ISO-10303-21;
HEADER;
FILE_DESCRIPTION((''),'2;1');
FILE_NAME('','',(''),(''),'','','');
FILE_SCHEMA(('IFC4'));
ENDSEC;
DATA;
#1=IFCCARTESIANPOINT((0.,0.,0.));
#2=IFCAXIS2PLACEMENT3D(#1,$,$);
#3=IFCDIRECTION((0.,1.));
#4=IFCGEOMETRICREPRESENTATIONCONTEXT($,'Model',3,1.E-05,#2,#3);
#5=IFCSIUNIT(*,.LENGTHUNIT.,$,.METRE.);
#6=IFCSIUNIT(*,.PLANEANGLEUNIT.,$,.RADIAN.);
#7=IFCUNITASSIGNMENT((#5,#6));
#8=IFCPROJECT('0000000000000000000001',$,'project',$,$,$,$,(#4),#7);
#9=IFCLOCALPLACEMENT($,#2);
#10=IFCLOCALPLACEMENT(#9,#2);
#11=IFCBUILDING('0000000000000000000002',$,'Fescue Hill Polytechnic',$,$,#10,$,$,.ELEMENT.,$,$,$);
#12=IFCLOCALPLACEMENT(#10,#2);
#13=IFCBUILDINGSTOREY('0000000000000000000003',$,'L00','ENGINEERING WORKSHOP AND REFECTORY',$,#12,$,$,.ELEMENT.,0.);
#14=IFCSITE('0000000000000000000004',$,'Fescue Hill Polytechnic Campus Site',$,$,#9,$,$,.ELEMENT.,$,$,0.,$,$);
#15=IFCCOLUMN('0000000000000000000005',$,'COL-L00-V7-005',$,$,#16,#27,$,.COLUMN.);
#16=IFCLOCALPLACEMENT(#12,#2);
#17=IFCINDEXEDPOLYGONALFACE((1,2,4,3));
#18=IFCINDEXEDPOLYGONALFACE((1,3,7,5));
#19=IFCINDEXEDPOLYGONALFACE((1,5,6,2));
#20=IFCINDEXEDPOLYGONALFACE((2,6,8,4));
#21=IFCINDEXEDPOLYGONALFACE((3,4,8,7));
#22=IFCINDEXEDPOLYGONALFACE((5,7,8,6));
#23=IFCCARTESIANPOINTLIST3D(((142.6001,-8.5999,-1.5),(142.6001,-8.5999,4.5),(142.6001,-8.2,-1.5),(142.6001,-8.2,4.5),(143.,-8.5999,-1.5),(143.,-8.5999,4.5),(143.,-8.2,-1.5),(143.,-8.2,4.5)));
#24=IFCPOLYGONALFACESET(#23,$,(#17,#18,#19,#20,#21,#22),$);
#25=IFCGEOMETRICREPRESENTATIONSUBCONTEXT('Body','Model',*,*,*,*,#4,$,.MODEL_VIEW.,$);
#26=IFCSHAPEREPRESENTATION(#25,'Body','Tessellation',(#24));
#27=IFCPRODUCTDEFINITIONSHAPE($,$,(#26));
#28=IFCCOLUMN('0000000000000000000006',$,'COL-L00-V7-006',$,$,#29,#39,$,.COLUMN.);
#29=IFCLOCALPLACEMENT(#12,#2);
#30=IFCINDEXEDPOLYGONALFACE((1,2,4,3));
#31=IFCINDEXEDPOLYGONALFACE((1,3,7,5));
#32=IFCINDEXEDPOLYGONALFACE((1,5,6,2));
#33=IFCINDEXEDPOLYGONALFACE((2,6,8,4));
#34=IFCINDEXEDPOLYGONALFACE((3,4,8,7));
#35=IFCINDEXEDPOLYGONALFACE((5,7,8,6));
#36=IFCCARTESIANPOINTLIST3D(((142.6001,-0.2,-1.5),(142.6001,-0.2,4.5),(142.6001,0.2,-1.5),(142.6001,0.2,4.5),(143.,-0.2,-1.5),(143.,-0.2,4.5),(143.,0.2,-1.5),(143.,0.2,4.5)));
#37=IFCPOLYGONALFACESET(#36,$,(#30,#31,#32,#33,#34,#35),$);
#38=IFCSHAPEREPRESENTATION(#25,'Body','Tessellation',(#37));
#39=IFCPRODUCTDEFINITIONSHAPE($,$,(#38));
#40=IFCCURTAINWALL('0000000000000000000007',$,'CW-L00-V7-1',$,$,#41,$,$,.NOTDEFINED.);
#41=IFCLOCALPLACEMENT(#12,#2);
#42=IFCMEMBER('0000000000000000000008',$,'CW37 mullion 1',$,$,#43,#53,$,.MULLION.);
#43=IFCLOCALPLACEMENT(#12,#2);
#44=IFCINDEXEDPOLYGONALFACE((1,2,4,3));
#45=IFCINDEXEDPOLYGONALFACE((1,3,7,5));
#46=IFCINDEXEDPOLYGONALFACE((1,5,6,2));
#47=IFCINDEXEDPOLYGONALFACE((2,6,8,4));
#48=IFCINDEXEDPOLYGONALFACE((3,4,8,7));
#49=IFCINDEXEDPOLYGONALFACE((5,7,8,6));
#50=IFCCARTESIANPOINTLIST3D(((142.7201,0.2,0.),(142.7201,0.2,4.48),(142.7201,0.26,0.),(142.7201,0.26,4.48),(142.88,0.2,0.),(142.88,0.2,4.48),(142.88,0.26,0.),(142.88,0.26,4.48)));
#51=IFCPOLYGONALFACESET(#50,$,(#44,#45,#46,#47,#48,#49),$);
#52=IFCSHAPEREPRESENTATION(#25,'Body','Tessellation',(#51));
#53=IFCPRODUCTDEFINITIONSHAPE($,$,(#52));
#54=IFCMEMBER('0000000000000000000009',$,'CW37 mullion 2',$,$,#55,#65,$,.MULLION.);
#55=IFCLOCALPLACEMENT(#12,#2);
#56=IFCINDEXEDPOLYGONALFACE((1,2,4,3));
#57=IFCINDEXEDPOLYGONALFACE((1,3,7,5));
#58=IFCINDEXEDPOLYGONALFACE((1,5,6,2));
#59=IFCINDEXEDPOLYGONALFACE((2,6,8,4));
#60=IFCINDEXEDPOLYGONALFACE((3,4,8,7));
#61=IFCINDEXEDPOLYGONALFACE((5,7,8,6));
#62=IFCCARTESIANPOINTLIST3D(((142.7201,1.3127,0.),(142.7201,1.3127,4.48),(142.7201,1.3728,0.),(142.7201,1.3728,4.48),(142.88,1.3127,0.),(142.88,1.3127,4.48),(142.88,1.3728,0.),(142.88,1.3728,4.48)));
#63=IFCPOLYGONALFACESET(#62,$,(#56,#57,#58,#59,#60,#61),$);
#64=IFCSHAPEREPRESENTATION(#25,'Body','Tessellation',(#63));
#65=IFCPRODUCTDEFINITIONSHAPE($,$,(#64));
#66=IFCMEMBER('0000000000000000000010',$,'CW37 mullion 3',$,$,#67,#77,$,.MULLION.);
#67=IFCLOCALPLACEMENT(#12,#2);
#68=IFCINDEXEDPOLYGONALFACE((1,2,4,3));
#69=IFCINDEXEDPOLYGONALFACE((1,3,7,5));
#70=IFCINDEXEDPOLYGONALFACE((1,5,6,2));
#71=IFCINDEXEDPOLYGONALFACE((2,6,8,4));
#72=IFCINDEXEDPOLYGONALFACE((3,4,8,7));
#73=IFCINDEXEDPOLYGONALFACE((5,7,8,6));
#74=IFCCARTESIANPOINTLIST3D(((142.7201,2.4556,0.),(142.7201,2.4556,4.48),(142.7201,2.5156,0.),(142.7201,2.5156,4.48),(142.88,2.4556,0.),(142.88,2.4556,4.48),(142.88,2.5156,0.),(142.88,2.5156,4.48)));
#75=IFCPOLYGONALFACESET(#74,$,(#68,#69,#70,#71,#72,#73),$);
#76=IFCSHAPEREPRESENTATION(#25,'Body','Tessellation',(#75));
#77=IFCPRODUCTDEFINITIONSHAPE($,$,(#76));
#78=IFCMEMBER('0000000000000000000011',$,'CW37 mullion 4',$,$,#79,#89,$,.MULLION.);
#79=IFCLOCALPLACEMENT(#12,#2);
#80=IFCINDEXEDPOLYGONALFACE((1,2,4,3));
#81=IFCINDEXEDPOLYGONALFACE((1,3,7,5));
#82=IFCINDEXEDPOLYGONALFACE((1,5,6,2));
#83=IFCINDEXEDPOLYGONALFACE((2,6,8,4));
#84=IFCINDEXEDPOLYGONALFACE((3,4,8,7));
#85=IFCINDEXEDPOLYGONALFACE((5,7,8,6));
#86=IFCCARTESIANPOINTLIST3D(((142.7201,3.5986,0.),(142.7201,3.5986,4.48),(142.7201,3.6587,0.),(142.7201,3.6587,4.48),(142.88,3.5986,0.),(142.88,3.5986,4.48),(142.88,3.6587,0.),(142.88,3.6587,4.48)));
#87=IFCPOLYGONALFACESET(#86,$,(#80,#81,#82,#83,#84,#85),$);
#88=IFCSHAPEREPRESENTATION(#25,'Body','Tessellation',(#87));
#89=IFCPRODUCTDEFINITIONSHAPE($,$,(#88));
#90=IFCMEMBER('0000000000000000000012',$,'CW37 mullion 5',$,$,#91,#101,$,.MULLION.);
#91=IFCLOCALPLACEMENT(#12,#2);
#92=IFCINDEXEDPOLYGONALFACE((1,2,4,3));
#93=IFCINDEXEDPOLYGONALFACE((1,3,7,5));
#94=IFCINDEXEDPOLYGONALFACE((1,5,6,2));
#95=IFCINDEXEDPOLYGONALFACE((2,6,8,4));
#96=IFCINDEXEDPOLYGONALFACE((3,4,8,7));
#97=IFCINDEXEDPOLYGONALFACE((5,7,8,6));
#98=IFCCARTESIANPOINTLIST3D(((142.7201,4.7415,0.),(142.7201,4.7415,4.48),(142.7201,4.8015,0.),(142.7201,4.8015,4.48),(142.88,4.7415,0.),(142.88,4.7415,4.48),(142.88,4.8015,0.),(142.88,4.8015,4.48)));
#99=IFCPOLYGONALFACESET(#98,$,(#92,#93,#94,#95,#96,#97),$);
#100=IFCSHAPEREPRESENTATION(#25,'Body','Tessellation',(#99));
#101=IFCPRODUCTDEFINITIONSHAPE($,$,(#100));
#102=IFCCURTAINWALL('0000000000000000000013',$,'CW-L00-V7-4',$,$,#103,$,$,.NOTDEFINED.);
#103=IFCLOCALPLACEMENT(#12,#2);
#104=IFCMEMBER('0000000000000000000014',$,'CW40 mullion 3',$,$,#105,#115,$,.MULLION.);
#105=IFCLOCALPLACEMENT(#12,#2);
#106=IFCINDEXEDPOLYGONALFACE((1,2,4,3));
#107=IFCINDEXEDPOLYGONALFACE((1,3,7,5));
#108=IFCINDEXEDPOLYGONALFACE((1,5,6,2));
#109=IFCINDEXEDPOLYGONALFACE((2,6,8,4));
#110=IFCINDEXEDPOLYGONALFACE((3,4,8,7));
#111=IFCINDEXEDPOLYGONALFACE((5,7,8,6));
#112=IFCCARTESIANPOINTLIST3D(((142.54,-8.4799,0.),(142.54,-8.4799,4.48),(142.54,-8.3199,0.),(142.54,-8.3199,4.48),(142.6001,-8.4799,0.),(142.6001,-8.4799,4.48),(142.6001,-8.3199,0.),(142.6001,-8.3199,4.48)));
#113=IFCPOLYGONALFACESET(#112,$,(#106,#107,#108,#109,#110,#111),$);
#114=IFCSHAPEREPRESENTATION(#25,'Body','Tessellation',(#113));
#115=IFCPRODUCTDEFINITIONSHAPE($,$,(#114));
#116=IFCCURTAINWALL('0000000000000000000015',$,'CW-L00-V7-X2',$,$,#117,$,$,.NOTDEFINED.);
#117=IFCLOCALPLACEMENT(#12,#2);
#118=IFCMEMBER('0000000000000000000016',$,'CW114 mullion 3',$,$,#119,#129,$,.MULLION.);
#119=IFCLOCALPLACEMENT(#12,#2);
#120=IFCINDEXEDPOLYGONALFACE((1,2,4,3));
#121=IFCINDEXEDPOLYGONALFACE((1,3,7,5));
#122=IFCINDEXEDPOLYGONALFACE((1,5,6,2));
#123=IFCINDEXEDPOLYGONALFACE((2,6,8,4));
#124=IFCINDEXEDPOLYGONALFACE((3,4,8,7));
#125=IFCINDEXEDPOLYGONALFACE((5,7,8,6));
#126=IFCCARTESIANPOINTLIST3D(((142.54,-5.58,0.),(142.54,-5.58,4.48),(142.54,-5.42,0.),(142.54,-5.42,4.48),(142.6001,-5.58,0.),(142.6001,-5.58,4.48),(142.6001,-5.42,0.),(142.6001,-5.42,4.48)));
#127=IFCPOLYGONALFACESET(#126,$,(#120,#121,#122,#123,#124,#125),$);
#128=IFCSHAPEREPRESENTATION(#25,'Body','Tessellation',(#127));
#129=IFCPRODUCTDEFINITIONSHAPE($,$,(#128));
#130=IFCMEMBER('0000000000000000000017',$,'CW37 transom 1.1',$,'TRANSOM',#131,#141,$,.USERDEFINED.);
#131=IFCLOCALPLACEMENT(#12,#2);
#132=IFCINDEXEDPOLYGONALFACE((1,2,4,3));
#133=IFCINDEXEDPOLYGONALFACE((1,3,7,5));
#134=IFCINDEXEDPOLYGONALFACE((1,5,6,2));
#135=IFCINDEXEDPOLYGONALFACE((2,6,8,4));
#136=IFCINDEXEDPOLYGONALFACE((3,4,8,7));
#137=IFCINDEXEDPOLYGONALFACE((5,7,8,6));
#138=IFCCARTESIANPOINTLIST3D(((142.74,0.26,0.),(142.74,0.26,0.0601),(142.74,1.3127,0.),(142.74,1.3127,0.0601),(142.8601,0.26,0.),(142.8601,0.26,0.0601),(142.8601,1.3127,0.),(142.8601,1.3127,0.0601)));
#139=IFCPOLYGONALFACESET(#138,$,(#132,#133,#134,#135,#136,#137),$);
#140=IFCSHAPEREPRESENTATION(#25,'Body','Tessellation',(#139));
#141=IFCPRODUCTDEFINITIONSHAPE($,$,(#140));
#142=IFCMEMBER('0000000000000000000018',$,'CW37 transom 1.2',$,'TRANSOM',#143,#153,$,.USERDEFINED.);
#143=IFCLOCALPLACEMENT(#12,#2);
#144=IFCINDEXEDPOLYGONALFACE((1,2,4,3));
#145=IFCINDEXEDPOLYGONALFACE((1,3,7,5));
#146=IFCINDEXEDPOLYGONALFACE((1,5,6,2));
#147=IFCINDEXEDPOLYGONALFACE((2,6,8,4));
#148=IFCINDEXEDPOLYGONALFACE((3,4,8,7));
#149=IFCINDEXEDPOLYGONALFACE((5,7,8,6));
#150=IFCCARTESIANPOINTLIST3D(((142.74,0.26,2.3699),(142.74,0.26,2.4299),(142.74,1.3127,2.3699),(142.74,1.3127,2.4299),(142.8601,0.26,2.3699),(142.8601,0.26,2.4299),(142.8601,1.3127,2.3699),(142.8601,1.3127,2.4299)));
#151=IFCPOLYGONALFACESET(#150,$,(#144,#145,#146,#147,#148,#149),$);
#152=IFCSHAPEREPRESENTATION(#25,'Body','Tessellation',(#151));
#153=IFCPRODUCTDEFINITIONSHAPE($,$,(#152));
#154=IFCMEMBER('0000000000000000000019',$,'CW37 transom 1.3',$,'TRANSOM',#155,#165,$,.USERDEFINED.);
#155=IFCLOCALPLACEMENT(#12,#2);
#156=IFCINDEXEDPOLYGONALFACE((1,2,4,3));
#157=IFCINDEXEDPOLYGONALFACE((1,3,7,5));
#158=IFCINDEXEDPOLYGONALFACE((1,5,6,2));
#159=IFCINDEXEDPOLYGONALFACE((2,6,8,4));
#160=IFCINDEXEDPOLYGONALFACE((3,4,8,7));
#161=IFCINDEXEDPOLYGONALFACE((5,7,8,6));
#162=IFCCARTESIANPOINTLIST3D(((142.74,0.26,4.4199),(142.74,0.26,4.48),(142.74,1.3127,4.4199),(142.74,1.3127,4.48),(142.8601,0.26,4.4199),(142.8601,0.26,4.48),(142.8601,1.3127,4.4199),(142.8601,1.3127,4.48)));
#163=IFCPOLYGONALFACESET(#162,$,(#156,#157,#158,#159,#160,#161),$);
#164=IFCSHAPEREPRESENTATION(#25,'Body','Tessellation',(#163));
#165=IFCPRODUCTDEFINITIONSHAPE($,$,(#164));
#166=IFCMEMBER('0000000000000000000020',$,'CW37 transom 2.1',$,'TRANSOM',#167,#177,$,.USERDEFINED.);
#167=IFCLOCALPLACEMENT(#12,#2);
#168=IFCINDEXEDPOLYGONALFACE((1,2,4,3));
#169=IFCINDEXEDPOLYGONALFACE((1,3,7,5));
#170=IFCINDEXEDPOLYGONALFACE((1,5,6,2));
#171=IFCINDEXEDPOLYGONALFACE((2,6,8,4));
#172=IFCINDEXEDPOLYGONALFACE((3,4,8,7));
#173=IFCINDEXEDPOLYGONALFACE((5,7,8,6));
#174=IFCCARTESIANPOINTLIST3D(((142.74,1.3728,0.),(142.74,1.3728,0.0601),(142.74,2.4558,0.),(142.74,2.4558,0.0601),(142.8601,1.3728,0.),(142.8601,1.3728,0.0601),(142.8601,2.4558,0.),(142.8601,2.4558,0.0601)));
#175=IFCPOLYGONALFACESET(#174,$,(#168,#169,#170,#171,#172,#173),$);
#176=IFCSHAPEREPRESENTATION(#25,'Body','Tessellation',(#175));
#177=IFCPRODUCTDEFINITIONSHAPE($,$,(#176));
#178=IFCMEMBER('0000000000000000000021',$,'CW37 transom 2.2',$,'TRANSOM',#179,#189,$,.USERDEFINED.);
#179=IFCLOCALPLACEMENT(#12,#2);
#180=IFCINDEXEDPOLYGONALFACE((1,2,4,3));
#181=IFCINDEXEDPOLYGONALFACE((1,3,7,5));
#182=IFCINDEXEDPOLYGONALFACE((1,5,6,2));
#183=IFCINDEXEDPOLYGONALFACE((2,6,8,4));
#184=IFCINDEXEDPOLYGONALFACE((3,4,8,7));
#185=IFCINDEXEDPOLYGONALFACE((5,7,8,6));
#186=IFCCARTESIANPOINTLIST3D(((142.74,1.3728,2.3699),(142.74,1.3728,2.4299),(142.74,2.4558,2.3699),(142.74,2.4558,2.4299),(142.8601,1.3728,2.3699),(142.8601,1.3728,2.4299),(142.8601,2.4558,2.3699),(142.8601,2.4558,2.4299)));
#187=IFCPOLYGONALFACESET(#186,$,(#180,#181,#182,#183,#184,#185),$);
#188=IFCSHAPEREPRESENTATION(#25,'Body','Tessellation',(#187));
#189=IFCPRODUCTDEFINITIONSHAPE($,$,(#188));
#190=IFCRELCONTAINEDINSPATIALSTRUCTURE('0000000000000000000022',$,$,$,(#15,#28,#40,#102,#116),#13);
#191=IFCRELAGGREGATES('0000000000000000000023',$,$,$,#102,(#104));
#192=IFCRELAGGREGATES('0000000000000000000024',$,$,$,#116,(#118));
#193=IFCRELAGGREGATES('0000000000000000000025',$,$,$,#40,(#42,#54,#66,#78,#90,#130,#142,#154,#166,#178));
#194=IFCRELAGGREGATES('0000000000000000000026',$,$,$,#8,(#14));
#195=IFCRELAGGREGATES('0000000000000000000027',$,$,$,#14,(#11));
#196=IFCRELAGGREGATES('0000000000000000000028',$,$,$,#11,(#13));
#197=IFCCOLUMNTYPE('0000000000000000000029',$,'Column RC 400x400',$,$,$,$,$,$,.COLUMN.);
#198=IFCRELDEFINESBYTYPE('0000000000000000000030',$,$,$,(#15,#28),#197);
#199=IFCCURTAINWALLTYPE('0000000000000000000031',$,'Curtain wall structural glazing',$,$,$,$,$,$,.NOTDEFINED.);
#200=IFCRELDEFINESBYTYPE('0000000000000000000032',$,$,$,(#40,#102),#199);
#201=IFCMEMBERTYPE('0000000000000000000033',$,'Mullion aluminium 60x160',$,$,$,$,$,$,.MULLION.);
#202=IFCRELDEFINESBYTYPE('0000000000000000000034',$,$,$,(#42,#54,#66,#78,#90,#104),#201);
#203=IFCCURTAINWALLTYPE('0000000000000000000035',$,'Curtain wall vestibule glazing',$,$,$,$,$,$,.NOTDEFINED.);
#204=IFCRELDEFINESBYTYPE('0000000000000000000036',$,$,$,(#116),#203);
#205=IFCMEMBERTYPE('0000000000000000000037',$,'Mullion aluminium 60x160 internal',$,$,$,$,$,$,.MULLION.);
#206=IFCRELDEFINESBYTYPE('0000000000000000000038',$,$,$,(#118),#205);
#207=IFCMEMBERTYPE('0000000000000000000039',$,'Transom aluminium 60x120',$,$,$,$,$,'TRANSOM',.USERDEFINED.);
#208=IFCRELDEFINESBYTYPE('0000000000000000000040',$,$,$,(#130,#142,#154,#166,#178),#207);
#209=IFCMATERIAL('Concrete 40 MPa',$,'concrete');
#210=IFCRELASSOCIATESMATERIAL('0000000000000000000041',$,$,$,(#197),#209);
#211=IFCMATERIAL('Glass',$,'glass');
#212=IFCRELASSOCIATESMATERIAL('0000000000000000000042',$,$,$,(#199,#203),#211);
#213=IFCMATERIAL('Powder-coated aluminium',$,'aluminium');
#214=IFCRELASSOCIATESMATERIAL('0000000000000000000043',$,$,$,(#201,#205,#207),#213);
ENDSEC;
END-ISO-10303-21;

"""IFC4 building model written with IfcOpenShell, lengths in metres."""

from ifc_helpers import new_model, si_unit, direction, frame, origin, origin_2d, place, context, subcontext, project, spatial, rectangle, extrude, material, material_profile, profile_set, type_object, element, aggregate, save


model = new_model("IFC4")

# Units and contexts
model_context = context("Model", 3, precision=1e-05, world=origin(), true_north=direction((0.0, 1.0)))
body_context = subcontext(model_context, "Body", "Model", "MODEL_VIEW")
ifc_project = project(units=[si_unit("LENGTHUNIT", "METRE"), si_unit("PLANEANGLEUNIT", "RADIAN")], contexts=[model_context])

# Site, building, storey
site_placement = place(None, origin())
site = spatial("IfcSite", under=ifc_project, at=site_placement, Name="Fescue Hill Polytechnic Campus Site", CompositionType="ELEMENT", RefElevation=0.0)
building_placement = place(site_placement, origin())
building = spatial("IfcBuilding", under=site, at=building_placement, Name="Fescue Hill Polytechnic", CompositionType="ELEMENT")
storey_placement = place(building_placement, origin())
storey = spatial("IfcBuildingStorey", under=building, at=storey_placement, Name="L00", Description="ENGINEERING WORKSHOP AND REFECTORY", CompositionType="ELEMENT", Elevation=0.0)

# Columns
ifc_material_1 = material(Name="Concrete 40 MPa", Category="concrete")
ifc_material_profile_1 = material_profile(ifc_material_1, rectangle(XDim=0.3999, YDim=0.3999, at=origin_2d()), Name="RC 400x400")
ifc_profile_set_1 = profile_set([ifc_material_profile_1], Name="Concrete 40 MPa")
column_type = type_object("IfcColumnType", Name="Column RC 400x400", PredefinedType="COLUMN", material=ifc_profile_set_1)
for number, where, z_axis, x_axis, name in (
    (1, (142.8, -8.3999, -1.5), (0.0, 0.0, 1.0), (1.0, 0.0, 0.0), "COL-L00-V7-005"),
    (2, (142.8, 0.0, -1.5), (0.0, 0.0, 1.0), (1.0, 0.0, 0.0), "COL-L00-V7-006"),
):
    element("IfcColumn", number, at=place(storey_placement, frame(where, z_axis=z_axis, x_axis=x_axis)), inside=storey, type_object=column_type, Name=name, PredefinedType="COLUMN", context=body_context, shape_type="SweptSolid", body=[
        extrude(rectangle(XDim=0.3999, YDim=0.3999, at=origin_2d()), origin(), (0.0, 0.0, 1.0), 6.0),
    ])

# Curtain wall, members
ifc_material_2 = material(Name="Glass", Category="glass")
curtain_wall_type_1 = type_object("IfcCurtainWallType", Name="Curtain wall structural glazing", PredefinedType="NOTDEFINED", material=ifc_material_2)
curtain_wall_1_placement = place(storey_placement, origin())
curtain_wall_1 = element("IfcCurtainWall", 3, at=curtain_wall_1_placement, inside=storey, type_object=curtain_wall_type_1, Name="CW-L00-V7-1", PredefinedType="NOTDEFINED")
ifc_material_3 = material(Name="Powder-coated aluminium", Category="aluminium")
ifc_material_profile_2 = material_profile(ifc_material_3, rectangle(XDim=0.1599, YDim=0.0601, at=origin_2d()), Name="Mullion aluminium 60x160")
ifc_profile_set_2 = profile_set([ifc_material_profile_2], Name="Powder-coated aluminium")
member_type_1 = type_object("IfcMemberType", Name="Mullion aluminium 60x160", PredefinedType="MULLION", material=ifc_profile_set_2)
member_1_placement = place(storey_placement, frame((142.8, 0.23, 0.0), z_axis=(0.0, 0.0, 1.0), x_axis=(-1.0, 0.0, 0.0)))
member_1 = element("IfcMember", 4, at=member_1_placement, type_object=member_type_1, Name="CW37 mullion 1", PredefinedType="MULLION", context=body_context, shape_type="SweptSolid", body=[
    extrude(rectangle(XDim=0.1599, YDim=0.0601, at=origin_2d()), origin(), (0.0, 0.0, 1.0), 4.48),
])
member_2_placement = place(storey_placement, frame((142.8, 1.3428, 0.0), z_axis=(0.0, 0.0, 1.0), x_axis=(-1.0, 0.0, 0.0)))
member_2 = element("IfcMember", 5, at=member_2_placement, type_object=member_type_1, Name="CW37 mullion 2", PredefinedType="MULLION", context=body_context, shape_type="SweptSolid", body=[
    extrude(rectangle(XDim=0.1599, YDim=0.0601, at=origin_2d()), origin(), (0.0, 0.0, 1.0), 4.48),
])
member_3_placement = place(storey_placement, frame((142.8, 2.4856, 0.0), z_axis=(0.0, 0.0, 1.0), x_axis=(-1.0, 0.0, 0.0)))
member_3 = element("IfcMember", 6, at=member_3_placement, type_object=member_type_1, Name="CW37 mullion 3", PredefinedType="MULLION", context=body_context, shape_type="SweptSolid", body=[
    extrude(rectangle(XDim=0.1599, YDim=0.0601, at=origin_2d()), origin(), (0.0, 0.0, 1.0), 4.48),
])
member_4_placement = place(storey_placement, frame((142.8, 3.6287, 0.0), z_axis=(0.0, 0.0, 1.0), x_axis=(-1.0, 0.0, 0.0)))
member_4 = element("IfcMember", 7, at=member_4_placement, type_object=member_type_1, Name="CW37 mullion 4", PredefinedType="MULLION", context=body_context, shape_type="SweptSolid", body=[
    extrude(rectangle(XDim=0.1599, YDim=0.0601, at=origin_2d()), origin(), (0.0, 0.0, 1.0), 4.48),
])
member_5_placement = place(storey_placement, frame((142.8, 4.7715, 0.0), z_axis=(0.0, 0.0, 1.0), x_axis=(-1.0, 0.0, 0.0)))
member_5 = element("IfcMember", 8, at=member_5_placement, type_object=member_type_1, Name="CW37 mullion 5", PredefinedType="MULLION", context=body_context, shape_type="SweptSolid", body=[
    extrude(rectangle(XDim=0.1599, YDim=0.0601, at=origin_2d()), origin(), (0.0, 0.0, 1.0), 4.48),
])

# Curtain walls, members
curtain_wall_2_placement = place(storey_placement, origin())
curtain_wall_2 = element("IfcCurtainWall", 9, at=curtain_wall_2_placement, inside=storey, type_object=curtain_wall_type_1, Name="CW-L00-V7-4", PredefinedType="NOTDEFINED")
member_6_placement = place(storey_placement, frame((142.5701, -8.3999, 0.0), z_axis=(0.0, 0.0, 1.0), x_axis=(0.0, 1.0, 0.0)))
member_6 = element("IfcMember", 10, at=member_6_placement, type_object=member_type_1, Name="CW40 mullion 3", PredefinedType="MULLION", context=body_context, shape_type="SweptSolid", body=[
    extrude(rectangle(XDim=0.1599, YDim=0.0601, at=origin_2d()), origin(), (0.0, 0.0, 1.0), 4.48),
])
aggregate(curtain_wall_2, [member_6])
curtain_wall_type_2 = type_object("IfcCurtainWallType", Name="Curtain wall vestibule glazing", PredefinedType="NOTDEFINED", material=ifc_material_2)
curtain_wall_3_placement = place(storey_placement, origin())
curtain_wall_3 = element("IfcCurtainWall", 11, at=curtain_wall_3_placement, inside=storey, type_object=curtain_wall_type_2, Name="CW-L00-V7-X2", PredefinedType="NOTDEFINED")
ifc_material_profile_3 = material_profile(ifc_material_3, rectangle(XDim=0.1599, YDim=0.0601, at=origin_2d()), Name="Mullion aluminium 60x160 internal")
ifc_profile_set_3 = profile_set([ifc_material_profile_3], Name="Powder-coated aluminium")
member_type_2 = type_object("IfcMemberType", Name="Mullion aluminium 60x160 internal", PredefinedType="MULLION", material=ifc_profile_set_3)
member_7_placement = place(storey_placement, frame((142.5701, -5.5, 0.0), z_axis=(0.0, 0.0, 1.0), x_axis=(0.0, 1.0, 0.0)))
member_7 = element("IfcMember", 12, at=member_7_placement, type_object=member_type_2, Name="CW114 mullion 3", PredefinedType="MULLION", context=body_context, shape_type="SweptSolid", body=[
    extrude(rectangle(XDim=0.1599, YDim=0.0601, at=origin_2d()), origin(), (0.0, 0.0, 1.0), 4.48),
])
aggregate(curtain_wall_3, [member_7])

# Members
ifc_material_profile_4 = material_profile(ifc_material_3, rectangle(XDim=0.1201, YDim=0.0601, at=origin_2d()), Name="Transom aluminium 60x120")
ifc_profile_set_4 = profile_set([ifc_material_profile_4], Name="Powder-coated aluminium")
member_type_3 = type_object("IfcMemberType", Name="Transom aluminium 60x120", ElementType="TRANSOM", PredefinedType="USERDEFINED", material=ifc_profile_set_4)
member_8_placement = place(storey_placement, frame((142.8, 0.26, 0.03), z_axis=(0.0, 1.0, 0.0), x_axis=(-1.0, 0.0, 0.0)))
member_8 = element("IfcMember", 13, at=member_8_placement, type_object=member_type_3, Name="CW37 transom 1.1", ObjectType="TRANSOM", PredefinedType="USERDEFINED", context=body_context, shape_type="SweptSolid", body=[
    extrude(rectangle(XDim=0.1201, YDim=0.0601, at=origin_2d()), origin(), (0.0, 0.0, 1.0), 1.0527),
])
member_9_placement = place(storey_placement, frame((142.8, 0.26, 2.3999), z_axis=(0.0, 1.0, 0.0), x_axis=(-1.0, 0.0, 0.0)))
member_9 = element("IfcMember", 14, at=member_9_placement, type_object=member_type_3, Name="CW37 transom 1.2", ObjectType="TRANSOM", PredefinedType="USERDEFINED", context=body_context, shape_type="SweptSolid", body=[
    extrude(rectangle(XDim=0.1201, YDim=0.0601, at=origin_2d()), origin(), (0.0, 0.0, 1.0), 1.0527),
])
member_10_placement = place(storey_placement, frame((142.8, 0.26, 4.45), z_axis=(0.0, 1.0, 0.0), x_axis=(-1.0, 0.0, 0.0)))
member_10 = element("IfcMember", 15, at=member_10_placement, type_object=member_type_3, Name="CW37 transom 1.3", ObjectType="TRANSOM", PredefinedType="USERDEFINED", context=body_context, shape_type="SweptSolid", body=[
    extrude(rectangle(XDim=0.1201, YDim=0.0601, at=origin_2d()), origin(), (0.0, 0.0, 1.0), 1.0527),
])
member_11_placement = place(storey_placement, frame((142.8, 1.3728, 0.03), z_axis=(0.0, 1.0, 0.0), x_axis=(-1.0, 0.0, 0.0)))
member_11 = element("IfcMember", 16, at=member_11_placement, type_object=member_type_3, Name="CW37 transom 2.1", ObjectType="TRANSOM", PredefinedType="USERDEFINED", context=body_context, shape_type="SweptSolid", body=[
    extrude(rectangle(XDim=0.1201, YDim=0.0601, at=origin_2d()), origin(), (0.0, 0.0, 1.0), 1.083),
])
member_12_placement = place(storey_placement, frame((142.8, 1.3728, 2.3999), z_axis=(0.0, 1.0, 0.0), x_axis=(-1.0, 0.0, 0.0)))
member_12 = element("IfcMember", 17, at=member_12_placement, type_object=member_type_3, Name="CW37 transom 2.2", ObjectType="TRANSOM", PredefinedType="USERDEFINED", context=body_context, shape_type="SweptSolid", body=[
    extrude(rectangle(XDim=0.1201, YDim=0.0601, at=origin_2d()), origin(), (0.0, 0.0, 1.0), 1.083),
])

aggregate(curtain_wall_1, [member_1, member_2, member_3, member_4, member_5, member_8, member_9, member_10, member_11, member_12])

save(model, "model.ifc")
